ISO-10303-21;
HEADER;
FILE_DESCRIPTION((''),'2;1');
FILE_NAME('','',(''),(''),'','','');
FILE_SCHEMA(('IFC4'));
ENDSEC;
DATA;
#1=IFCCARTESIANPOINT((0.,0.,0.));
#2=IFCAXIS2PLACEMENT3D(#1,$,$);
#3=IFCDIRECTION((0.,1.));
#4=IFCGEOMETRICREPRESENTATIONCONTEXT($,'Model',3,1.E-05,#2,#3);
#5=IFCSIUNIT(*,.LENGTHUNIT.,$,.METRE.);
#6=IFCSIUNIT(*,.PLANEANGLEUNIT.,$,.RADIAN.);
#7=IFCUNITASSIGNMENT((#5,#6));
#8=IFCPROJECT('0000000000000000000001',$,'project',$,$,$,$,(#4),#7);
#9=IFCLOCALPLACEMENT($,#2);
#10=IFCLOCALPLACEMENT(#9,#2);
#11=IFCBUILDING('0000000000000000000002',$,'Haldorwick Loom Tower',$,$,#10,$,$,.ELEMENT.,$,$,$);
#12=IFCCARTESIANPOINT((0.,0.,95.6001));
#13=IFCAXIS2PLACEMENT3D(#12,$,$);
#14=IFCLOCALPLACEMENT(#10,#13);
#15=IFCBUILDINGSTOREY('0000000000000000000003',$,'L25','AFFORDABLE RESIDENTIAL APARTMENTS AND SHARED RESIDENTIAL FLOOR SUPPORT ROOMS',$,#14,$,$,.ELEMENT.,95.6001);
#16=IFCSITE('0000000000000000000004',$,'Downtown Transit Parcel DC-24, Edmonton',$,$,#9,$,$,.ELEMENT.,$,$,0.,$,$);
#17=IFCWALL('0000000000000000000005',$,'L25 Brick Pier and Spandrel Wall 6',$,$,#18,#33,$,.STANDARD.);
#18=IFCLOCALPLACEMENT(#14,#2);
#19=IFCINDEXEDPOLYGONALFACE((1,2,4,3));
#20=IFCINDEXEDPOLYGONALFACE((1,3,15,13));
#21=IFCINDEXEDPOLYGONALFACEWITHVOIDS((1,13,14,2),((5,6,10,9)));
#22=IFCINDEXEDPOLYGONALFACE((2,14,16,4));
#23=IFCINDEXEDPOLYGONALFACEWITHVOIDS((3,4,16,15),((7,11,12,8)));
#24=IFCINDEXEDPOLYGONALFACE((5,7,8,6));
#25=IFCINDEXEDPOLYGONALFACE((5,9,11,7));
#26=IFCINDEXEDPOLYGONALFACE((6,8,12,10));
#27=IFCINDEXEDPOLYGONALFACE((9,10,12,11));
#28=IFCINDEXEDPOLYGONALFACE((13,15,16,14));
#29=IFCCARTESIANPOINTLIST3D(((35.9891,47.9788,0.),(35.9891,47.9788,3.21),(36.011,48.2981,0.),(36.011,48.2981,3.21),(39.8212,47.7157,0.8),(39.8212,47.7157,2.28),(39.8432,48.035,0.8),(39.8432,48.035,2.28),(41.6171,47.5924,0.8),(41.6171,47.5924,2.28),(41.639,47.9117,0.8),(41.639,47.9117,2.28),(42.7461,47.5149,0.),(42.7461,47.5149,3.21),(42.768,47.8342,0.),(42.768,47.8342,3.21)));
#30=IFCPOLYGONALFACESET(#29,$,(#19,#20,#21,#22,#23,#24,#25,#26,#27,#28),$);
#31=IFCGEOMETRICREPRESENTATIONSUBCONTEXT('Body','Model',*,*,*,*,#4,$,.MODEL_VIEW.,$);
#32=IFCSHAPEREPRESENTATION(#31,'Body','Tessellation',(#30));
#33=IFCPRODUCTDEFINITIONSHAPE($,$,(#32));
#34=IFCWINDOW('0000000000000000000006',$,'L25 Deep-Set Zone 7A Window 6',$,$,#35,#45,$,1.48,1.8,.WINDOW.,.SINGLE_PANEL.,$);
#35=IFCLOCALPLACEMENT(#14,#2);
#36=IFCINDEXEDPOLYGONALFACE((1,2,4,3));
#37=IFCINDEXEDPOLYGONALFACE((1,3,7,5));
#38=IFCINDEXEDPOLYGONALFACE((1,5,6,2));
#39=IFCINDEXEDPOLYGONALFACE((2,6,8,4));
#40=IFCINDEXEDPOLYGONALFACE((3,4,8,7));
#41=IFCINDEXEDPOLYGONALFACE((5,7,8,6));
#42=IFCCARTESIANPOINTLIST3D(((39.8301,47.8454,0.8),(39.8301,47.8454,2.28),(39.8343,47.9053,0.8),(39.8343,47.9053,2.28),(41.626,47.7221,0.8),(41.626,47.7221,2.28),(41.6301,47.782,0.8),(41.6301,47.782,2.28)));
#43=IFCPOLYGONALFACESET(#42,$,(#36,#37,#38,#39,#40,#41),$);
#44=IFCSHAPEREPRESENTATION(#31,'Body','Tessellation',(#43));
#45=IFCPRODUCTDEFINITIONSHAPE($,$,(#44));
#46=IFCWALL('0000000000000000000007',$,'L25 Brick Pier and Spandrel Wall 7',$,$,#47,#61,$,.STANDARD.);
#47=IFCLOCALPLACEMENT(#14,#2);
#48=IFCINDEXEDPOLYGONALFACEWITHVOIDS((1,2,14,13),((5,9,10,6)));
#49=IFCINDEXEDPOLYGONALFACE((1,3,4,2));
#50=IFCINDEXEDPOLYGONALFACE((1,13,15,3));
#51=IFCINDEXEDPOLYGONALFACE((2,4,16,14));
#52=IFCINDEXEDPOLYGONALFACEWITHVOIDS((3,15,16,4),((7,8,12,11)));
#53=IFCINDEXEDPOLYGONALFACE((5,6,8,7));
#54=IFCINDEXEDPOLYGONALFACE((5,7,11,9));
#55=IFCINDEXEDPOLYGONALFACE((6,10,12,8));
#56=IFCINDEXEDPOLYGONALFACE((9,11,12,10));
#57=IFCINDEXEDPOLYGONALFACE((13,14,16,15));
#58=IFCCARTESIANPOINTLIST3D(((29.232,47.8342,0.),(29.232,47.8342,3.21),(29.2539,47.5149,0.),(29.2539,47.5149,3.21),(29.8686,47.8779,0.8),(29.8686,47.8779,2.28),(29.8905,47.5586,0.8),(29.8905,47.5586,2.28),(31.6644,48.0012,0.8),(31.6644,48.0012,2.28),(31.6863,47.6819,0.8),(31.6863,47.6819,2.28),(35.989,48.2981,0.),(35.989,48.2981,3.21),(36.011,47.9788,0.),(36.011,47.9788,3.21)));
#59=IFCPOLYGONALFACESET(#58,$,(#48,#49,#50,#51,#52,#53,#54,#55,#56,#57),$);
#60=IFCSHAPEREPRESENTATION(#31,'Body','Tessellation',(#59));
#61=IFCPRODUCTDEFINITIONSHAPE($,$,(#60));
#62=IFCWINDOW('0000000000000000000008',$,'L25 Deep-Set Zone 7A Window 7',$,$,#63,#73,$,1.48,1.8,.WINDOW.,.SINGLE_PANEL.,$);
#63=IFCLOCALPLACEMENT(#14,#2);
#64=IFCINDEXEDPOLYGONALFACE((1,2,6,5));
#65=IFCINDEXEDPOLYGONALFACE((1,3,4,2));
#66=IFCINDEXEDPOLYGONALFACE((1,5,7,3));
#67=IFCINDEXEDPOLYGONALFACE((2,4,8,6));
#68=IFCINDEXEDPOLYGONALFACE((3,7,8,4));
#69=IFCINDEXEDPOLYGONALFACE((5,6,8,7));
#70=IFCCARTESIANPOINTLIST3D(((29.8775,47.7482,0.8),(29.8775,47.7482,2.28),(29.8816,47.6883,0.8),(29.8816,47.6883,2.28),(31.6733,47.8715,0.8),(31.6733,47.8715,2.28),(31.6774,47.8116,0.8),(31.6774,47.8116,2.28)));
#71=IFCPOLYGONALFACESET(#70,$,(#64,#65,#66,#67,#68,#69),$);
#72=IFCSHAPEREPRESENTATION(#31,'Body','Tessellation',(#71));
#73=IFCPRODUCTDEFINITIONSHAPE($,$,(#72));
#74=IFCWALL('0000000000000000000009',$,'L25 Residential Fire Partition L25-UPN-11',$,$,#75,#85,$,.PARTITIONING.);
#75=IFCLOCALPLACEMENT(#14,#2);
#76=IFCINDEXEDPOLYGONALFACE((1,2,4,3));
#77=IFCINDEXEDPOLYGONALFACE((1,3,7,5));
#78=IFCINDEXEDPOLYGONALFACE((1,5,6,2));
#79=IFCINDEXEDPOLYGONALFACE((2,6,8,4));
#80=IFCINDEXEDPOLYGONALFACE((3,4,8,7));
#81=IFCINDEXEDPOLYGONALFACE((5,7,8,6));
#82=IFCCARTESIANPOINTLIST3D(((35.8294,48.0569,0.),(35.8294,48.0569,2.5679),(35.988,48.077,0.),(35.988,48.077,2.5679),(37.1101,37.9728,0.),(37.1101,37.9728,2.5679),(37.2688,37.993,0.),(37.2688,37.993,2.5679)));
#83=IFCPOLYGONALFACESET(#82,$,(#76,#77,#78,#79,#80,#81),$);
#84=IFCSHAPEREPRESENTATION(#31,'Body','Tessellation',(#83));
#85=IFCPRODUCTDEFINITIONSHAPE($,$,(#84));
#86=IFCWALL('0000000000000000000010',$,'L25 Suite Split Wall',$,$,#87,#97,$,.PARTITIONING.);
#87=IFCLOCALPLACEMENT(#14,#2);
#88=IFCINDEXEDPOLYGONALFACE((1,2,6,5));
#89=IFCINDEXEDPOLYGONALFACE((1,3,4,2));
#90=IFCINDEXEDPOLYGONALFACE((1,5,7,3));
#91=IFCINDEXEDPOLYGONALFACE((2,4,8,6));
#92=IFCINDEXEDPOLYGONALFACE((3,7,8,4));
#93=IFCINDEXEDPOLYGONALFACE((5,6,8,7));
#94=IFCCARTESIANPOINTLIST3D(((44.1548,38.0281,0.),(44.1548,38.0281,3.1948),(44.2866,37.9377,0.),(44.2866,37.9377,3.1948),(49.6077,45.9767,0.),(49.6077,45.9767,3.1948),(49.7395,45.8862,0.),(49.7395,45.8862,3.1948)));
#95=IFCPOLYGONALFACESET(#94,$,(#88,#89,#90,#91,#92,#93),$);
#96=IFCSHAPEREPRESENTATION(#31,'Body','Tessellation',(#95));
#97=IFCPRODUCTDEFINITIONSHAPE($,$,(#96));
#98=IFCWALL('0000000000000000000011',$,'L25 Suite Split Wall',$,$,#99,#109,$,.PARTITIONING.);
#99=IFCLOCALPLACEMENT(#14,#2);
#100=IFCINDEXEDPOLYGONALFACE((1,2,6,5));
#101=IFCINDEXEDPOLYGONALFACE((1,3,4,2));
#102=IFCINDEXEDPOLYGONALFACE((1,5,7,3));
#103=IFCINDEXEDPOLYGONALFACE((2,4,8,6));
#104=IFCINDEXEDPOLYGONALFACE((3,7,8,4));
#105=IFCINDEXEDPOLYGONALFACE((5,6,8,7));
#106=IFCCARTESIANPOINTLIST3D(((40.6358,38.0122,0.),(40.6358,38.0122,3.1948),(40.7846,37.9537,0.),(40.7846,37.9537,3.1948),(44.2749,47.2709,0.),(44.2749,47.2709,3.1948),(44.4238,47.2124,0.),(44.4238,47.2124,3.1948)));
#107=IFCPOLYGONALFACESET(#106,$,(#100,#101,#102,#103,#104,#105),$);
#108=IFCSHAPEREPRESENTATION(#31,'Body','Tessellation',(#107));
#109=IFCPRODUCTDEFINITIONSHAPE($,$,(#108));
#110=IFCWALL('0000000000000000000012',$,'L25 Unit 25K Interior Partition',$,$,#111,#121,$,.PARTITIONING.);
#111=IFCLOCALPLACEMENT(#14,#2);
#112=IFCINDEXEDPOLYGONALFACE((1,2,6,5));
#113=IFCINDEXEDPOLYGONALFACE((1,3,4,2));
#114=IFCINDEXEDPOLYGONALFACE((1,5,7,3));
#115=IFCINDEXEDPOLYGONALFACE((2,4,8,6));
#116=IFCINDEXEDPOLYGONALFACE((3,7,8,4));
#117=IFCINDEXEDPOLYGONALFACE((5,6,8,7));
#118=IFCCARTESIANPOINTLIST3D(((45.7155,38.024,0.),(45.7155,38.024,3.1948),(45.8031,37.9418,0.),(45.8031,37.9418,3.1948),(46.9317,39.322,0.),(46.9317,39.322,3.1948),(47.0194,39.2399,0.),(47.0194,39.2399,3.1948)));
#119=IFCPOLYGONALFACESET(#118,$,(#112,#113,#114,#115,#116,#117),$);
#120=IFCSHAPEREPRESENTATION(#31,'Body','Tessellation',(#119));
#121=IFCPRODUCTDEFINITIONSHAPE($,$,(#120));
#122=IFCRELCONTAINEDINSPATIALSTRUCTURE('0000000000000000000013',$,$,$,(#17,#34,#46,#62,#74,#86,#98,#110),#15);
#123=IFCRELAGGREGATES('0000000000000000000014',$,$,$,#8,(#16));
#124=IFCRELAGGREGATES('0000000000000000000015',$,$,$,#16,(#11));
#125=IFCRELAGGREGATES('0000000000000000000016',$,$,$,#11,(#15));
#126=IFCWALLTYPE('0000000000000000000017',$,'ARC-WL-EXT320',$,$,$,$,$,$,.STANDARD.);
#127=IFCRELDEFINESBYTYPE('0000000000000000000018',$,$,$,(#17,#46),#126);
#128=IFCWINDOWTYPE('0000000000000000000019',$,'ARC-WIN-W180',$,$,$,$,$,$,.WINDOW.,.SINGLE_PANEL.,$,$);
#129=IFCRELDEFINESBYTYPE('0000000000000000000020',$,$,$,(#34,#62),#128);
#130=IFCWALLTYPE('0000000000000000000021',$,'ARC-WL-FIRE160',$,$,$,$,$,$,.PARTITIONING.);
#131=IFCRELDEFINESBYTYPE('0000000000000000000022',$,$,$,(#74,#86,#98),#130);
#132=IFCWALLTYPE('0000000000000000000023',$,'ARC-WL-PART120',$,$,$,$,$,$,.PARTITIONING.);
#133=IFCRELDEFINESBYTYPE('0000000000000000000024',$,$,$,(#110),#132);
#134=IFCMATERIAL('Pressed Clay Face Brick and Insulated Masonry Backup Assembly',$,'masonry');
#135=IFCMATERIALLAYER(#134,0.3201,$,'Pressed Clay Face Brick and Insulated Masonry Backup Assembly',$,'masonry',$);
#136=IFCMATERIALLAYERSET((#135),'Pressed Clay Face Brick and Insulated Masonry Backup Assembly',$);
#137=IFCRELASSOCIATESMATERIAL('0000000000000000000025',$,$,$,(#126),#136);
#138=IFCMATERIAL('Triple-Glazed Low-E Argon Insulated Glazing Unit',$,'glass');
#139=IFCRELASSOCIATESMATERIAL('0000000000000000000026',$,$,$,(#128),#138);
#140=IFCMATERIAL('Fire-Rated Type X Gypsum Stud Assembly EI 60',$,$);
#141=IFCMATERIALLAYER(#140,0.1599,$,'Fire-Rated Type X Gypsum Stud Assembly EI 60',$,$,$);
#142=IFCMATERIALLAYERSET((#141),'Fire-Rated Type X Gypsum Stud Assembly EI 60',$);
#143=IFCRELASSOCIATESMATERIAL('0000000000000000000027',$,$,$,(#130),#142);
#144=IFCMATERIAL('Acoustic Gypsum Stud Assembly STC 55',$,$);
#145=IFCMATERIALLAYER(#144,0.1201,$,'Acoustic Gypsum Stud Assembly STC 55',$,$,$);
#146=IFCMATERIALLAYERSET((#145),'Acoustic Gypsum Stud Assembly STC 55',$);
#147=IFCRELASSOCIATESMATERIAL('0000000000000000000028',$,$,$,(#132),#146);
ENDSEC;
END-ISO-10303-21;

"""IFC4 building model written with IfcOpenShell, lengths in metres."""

from ifc_helpers import new_model, si_unit, direction, frame, frame_2d, origin, place, context, subcontext, project, spatial, rectangle, extrude, material, layer, layer_set, type_object, element, fill, save


model = new_model("IFC4")

# Units and contexts
model_context = context("Model", 3, precision=1e-05, world=origin(), true_north=direction((0.0, 1.0)))
body_context = subcontext(model_context, "Body", "Model", "MODEL_VIEW")
ifc_project = project(units=[si_unit("LENGTHUNIT", "METRE"), si_unit("PLANEANGLEUNIT", "RADIAN")], contexts=[model_context])

# Site, building, storey
site_placement = place(None, origin())
site = spatial("IfcSite", under=ifc_project, at=site_placement, Name="Downtown Transit Parcel DC-24, Edmonton", CompositionType="ELEMENT", RefElevation=0.0)
building_placement = place(site_placement, origin())
building = spatial("IfcBuilding", under=site, at=building_placement, Name="Haldorwick Loom Tower", CompositionType="ELEMENT")
storey_placement = place(building_placement, frame((0.0, 0.0, 95.6001)))
storey = spatial("IfcBuildingStorey", under=building, at=storey_placement, Name="L25", Description="AFFORDABLE RESIDENTIAL APARTMENTS AND SHARED RESIDENTIAL FLOOR SUPPORT ROOMS", CompositionType="ELEMENT", Elevation=95.6001)

# Walls, openings, windows
ifc_material_1 = material(Name="Pressed Clay Face Brick and Insulated Masonry Backup Assembly", Category="masonry")
ifc_layer_1 = layer(ifc_material_1, 0.3201, Name="Pressed Clay Face Brick and Insulated Masonry Backup Assembly", Category="masonry")
ifc_layer_set_1 = layer_set([ifc_layer_1], Name="Pressed Clay Face Brick and Insulated Masonry Backup Assembly")
wall_type_1 = type_object("IfcWallType", Name="ARC-WL-EXT320", PredefinedType="STANDARD", material=ifc_layer_set_1)
wall_1_placement = place(storey_placement, frame((42.7571, 47.6746, 0.0), z_axis=(0.0, 0.0, 1.0), x_axis=(-0.997652, 0.068488, 0.0)))
wall_1 = element("IfcWall", 1, at=wall_1_placement, inside=storey, type_object=wall_type_1, Name="L25 Brick Pier and Spandrel Wall 6", PredefinedType="STANDARD", context=body_context, shape_type="SweptSolid", body=[
    extrude(rectangle(XDim=6.7729, YDim=0.3201, at=frame_2d((3.3865, 0.0))), origin(), (0.0, 0.0, 1.0), 3.21),
])
opening_1_placement = place(wall_1_placement, frame((1.1318, 0.0, 0.8)))
opening_1 = element("IfcOpeningElement", 2, at=opening_1_placement, cuts=wall_1, PredefinedType="OPENING", context=body_context, shape_type="SweptSolid", body=[
    extrude(rectangle(XDim=1.8, YDim=1.48, at=frame_2d((0.8999, 0.74))), frame((0.0, 0.1699, 0.0), z_axis=(0.0, -1.0, 0.0), x_axis=(1.0, 0.0, 0.0)), (0.0, 0.0, 1.0), 0.3401),
])
ifc_material_2 = material(Name="Triple-Glazed Low-E Argon Insulated Glazing Unit", Category="glass")
window_type = type_object("IfcWindowType", Name="ARC-WIN-W180", PartitioningType="SINGLE_PANEL", PredefinedType="WINDOW", material=ifc_material_2)
window_1_placement = place(opening_1_placement, origin())
window_1 = element("IfcWindow", 3, at=window_1_placement, inside=storey, type_object=window_type, Name="L25 Deep-Set Zone 7A Window 6", OverallHeight=1.48, OverallWidth=1.8, PartitioningType="SINGLE_PANEL", PredefinedType="WINDOW", context=body_context, shape_type="SweptSolid", body=[
    extrude(rectangle(XDim=1.8, YDim=1.48, at=frame_2d((0.8999, 0.74))), frame((0.0, 0.03, 0.0), z_axis=(0.0, -1.0, 0.0), x_axis=(1.0, 0.0, 0.0)), (0.0, 0.0, 1.0), 0.0601),
])
fill(opening_1, window_1)
wall_2_placement = place(storey_placement, frame((36.0, 48.1384, 0.0), z_axis=(0.0, 0.0, 1.0), x_axis=(-0.997652, -0.068488, 0.0)))
wall_2 = element("IfcWall", 4, at=wall_2_placement, inside=storey, type_object=wall_type_1, Name="L25 Brick Pier and Spandrel Wall 7", PredefinedType="STANDARD", context=body_context, shape_type="SweptSolid", body=[
    extrude(rectangle(XDim=6.7729, YDim=0.3201, at=frame_2d((3.3865, 0.0))), origin(), (0.0, 0.0, 1.0), 3.21),
])
opening_2_placement = place(wall_2_placement, frame((4.335, 0.0, 0.8)))
opening_2 = element("IfcOpeningElement", 5, at=opening_2_placement, cuts=wall_2, PredefinedType="OPENING", context=body_context, shape_type="SweptSolid", body=[
    extrude(rectangle(XDim=1.8, YDim=1.48, at=frame_2d((0.8999, 0.74))), frame((0.0, 0.1699, 0.0), z_axis=(0.0, -1.0, 0.0), x_axis=(1.0, 0.0, 0.0)), (0.0, 0.0, 1.0), 0.3401),
])
window_2_placement = place(opening_2_placement, origin())
window_2 = element("IfcWindow", 6, at=window_2_placement, inside=storey, type_object=window_type, Name="L25 Deep-Set Zone 7A Window 7", OverallHeight=1.48, OverallWidth=1.8, PartitioningType="SINGLE_PANEL", PredefinedType="WINDOW", context=body_context, shape_type="SweptSolid", body=[
    extrude(rectangle(XDim=1.8, YDim=1.48, at=frame_2d((0.8999, 0.74))), frame((0.0, 0.03, 0.0), z_axis=(0.0, -1.0, 0.0), x_axis=(1.0, 0.0, 0.0)), (0.0, 0.0, 1.0), 0.0601),
])
fill(opening_2, window_2)

# Walls
ifc_material_3 = material(Name="Fire-Rated Type X Gypsum Stud Assembly EI 60")
ifc_layer_2 = layer(ifc_material_3, 0.1599, Name="Fire-Rated Type X Gypsum Stud Assembly EI 60")
ifc_layer_set_2 = layer_set([ifc_layer_2], Name="Fire-Rated Type X Gypsum Stud Assembly EI 60")
wall_type_2 = type_object("IfcWallType", Name="ARC-WL-FIRE160", PredefinedType="PARTITIONING", material=ifc_layer_set_2)
wall_3_placement = place(storey_placement, frame((37.1895, 37.9829, 0.0), z_axis=(0.0, 0.0, 1.0), x_axis=(-0.125997, 0.992031, 0.0)))
element("IfcWall", 7, at=wall_3_placement, inside=storey, type_object=wall_type_2, Name="L25 Residential Fire Partition L25-UPN-11", PredefinedType="PARTITIONING", context=body_context, shape_type="SweptSolid", body=[
    extrude(rectangle(XDim=10.165, YDim=0.1599, at=frame_2d((5.0825, 0.0))), origin(), (0.0, 0.0, 1.0), 2.5679),
])
wall_4_placement = place(storey_placement, frame((44.2207, 37.9829, 0.0), z_axis=(0.0, 0.0, 1.0), x_axis=(0.565704, 0.824608, 0.0)))
element("IfcWall", 8, at=wall_4_placement, inside=storey, type_object=wall_type_2, Name="L25 Suite Split Wall", PredefinedType="PARTITIONING", context=body_context, shape_type="SweptSolid", body=[
    extrude(rectangle(XDim=9.6392, YDim=0.1599, at=frame_2d((4.8196, 0.0))), origin(), (0.0, 0.0, 1.0), 3.1948),
])
wall_5_placement = place(storey_placement, frame((40.7102, 37.9829, 0.0), z_axis=(0.0, 0.0, 1.0), x_axis=(0.365807, 0.930691, 0.0)))
element("IfcWall", 9, at=wall_5_placement, inside=storey, type_object=wall_type_2, Name="L25 Suite Split Wall", PredefinedType="PARTITIONING", context=body_context, shape_type="SweptSolid", body=[
    extrude(rectangle(XDim=9.9482, YDim=0.1599, at=frame_2d((4.9741, 0.0))), origin(), (0.0, 0.0, 1.0), 3.1948),
])
ifc_material_4 = material(Name="Acoustic Gypsum Stud Assembly STC 55")
ifc_layer_3 = layer(ifc_material_4, 0.1201, Name="Acoustic Gypsum Stud Assembly STC 55")
ifc_layer_set_3 = layer_set([ifc_layer_3], Name="Acoustic Gypsum Stud Assembly STC 55")
wall_type_3 = type_object("IfcWallType", Name="ARC-WL-PART120", PredefinedType="PARTITIONING", material=ifc_layer_set_3)
wall_6_placement = place(storey_placement, frame((45.7593, 37.9829, 0.0), z_axis=(0.0, 0.0, 1.0), x_axis=(0.683745, 0.729721, 0.0)))
element("IfcWall", 10, at=wall_6_placement, inside=storey, type_object=wall_type_3, Name="L25 Unit 25K Interior Partition", PredefinedType="PARTITIONING", context=body_context, shape_type="SweptSolid", body=[
    extrude(rectangle(XDim=1.7788, YDim=0.1201, at=frame_2d((0.8894, 0.0))), origin(), (0.0, 0.0, 1.0), 3.1948),
])

save(model, "model.ifc")
